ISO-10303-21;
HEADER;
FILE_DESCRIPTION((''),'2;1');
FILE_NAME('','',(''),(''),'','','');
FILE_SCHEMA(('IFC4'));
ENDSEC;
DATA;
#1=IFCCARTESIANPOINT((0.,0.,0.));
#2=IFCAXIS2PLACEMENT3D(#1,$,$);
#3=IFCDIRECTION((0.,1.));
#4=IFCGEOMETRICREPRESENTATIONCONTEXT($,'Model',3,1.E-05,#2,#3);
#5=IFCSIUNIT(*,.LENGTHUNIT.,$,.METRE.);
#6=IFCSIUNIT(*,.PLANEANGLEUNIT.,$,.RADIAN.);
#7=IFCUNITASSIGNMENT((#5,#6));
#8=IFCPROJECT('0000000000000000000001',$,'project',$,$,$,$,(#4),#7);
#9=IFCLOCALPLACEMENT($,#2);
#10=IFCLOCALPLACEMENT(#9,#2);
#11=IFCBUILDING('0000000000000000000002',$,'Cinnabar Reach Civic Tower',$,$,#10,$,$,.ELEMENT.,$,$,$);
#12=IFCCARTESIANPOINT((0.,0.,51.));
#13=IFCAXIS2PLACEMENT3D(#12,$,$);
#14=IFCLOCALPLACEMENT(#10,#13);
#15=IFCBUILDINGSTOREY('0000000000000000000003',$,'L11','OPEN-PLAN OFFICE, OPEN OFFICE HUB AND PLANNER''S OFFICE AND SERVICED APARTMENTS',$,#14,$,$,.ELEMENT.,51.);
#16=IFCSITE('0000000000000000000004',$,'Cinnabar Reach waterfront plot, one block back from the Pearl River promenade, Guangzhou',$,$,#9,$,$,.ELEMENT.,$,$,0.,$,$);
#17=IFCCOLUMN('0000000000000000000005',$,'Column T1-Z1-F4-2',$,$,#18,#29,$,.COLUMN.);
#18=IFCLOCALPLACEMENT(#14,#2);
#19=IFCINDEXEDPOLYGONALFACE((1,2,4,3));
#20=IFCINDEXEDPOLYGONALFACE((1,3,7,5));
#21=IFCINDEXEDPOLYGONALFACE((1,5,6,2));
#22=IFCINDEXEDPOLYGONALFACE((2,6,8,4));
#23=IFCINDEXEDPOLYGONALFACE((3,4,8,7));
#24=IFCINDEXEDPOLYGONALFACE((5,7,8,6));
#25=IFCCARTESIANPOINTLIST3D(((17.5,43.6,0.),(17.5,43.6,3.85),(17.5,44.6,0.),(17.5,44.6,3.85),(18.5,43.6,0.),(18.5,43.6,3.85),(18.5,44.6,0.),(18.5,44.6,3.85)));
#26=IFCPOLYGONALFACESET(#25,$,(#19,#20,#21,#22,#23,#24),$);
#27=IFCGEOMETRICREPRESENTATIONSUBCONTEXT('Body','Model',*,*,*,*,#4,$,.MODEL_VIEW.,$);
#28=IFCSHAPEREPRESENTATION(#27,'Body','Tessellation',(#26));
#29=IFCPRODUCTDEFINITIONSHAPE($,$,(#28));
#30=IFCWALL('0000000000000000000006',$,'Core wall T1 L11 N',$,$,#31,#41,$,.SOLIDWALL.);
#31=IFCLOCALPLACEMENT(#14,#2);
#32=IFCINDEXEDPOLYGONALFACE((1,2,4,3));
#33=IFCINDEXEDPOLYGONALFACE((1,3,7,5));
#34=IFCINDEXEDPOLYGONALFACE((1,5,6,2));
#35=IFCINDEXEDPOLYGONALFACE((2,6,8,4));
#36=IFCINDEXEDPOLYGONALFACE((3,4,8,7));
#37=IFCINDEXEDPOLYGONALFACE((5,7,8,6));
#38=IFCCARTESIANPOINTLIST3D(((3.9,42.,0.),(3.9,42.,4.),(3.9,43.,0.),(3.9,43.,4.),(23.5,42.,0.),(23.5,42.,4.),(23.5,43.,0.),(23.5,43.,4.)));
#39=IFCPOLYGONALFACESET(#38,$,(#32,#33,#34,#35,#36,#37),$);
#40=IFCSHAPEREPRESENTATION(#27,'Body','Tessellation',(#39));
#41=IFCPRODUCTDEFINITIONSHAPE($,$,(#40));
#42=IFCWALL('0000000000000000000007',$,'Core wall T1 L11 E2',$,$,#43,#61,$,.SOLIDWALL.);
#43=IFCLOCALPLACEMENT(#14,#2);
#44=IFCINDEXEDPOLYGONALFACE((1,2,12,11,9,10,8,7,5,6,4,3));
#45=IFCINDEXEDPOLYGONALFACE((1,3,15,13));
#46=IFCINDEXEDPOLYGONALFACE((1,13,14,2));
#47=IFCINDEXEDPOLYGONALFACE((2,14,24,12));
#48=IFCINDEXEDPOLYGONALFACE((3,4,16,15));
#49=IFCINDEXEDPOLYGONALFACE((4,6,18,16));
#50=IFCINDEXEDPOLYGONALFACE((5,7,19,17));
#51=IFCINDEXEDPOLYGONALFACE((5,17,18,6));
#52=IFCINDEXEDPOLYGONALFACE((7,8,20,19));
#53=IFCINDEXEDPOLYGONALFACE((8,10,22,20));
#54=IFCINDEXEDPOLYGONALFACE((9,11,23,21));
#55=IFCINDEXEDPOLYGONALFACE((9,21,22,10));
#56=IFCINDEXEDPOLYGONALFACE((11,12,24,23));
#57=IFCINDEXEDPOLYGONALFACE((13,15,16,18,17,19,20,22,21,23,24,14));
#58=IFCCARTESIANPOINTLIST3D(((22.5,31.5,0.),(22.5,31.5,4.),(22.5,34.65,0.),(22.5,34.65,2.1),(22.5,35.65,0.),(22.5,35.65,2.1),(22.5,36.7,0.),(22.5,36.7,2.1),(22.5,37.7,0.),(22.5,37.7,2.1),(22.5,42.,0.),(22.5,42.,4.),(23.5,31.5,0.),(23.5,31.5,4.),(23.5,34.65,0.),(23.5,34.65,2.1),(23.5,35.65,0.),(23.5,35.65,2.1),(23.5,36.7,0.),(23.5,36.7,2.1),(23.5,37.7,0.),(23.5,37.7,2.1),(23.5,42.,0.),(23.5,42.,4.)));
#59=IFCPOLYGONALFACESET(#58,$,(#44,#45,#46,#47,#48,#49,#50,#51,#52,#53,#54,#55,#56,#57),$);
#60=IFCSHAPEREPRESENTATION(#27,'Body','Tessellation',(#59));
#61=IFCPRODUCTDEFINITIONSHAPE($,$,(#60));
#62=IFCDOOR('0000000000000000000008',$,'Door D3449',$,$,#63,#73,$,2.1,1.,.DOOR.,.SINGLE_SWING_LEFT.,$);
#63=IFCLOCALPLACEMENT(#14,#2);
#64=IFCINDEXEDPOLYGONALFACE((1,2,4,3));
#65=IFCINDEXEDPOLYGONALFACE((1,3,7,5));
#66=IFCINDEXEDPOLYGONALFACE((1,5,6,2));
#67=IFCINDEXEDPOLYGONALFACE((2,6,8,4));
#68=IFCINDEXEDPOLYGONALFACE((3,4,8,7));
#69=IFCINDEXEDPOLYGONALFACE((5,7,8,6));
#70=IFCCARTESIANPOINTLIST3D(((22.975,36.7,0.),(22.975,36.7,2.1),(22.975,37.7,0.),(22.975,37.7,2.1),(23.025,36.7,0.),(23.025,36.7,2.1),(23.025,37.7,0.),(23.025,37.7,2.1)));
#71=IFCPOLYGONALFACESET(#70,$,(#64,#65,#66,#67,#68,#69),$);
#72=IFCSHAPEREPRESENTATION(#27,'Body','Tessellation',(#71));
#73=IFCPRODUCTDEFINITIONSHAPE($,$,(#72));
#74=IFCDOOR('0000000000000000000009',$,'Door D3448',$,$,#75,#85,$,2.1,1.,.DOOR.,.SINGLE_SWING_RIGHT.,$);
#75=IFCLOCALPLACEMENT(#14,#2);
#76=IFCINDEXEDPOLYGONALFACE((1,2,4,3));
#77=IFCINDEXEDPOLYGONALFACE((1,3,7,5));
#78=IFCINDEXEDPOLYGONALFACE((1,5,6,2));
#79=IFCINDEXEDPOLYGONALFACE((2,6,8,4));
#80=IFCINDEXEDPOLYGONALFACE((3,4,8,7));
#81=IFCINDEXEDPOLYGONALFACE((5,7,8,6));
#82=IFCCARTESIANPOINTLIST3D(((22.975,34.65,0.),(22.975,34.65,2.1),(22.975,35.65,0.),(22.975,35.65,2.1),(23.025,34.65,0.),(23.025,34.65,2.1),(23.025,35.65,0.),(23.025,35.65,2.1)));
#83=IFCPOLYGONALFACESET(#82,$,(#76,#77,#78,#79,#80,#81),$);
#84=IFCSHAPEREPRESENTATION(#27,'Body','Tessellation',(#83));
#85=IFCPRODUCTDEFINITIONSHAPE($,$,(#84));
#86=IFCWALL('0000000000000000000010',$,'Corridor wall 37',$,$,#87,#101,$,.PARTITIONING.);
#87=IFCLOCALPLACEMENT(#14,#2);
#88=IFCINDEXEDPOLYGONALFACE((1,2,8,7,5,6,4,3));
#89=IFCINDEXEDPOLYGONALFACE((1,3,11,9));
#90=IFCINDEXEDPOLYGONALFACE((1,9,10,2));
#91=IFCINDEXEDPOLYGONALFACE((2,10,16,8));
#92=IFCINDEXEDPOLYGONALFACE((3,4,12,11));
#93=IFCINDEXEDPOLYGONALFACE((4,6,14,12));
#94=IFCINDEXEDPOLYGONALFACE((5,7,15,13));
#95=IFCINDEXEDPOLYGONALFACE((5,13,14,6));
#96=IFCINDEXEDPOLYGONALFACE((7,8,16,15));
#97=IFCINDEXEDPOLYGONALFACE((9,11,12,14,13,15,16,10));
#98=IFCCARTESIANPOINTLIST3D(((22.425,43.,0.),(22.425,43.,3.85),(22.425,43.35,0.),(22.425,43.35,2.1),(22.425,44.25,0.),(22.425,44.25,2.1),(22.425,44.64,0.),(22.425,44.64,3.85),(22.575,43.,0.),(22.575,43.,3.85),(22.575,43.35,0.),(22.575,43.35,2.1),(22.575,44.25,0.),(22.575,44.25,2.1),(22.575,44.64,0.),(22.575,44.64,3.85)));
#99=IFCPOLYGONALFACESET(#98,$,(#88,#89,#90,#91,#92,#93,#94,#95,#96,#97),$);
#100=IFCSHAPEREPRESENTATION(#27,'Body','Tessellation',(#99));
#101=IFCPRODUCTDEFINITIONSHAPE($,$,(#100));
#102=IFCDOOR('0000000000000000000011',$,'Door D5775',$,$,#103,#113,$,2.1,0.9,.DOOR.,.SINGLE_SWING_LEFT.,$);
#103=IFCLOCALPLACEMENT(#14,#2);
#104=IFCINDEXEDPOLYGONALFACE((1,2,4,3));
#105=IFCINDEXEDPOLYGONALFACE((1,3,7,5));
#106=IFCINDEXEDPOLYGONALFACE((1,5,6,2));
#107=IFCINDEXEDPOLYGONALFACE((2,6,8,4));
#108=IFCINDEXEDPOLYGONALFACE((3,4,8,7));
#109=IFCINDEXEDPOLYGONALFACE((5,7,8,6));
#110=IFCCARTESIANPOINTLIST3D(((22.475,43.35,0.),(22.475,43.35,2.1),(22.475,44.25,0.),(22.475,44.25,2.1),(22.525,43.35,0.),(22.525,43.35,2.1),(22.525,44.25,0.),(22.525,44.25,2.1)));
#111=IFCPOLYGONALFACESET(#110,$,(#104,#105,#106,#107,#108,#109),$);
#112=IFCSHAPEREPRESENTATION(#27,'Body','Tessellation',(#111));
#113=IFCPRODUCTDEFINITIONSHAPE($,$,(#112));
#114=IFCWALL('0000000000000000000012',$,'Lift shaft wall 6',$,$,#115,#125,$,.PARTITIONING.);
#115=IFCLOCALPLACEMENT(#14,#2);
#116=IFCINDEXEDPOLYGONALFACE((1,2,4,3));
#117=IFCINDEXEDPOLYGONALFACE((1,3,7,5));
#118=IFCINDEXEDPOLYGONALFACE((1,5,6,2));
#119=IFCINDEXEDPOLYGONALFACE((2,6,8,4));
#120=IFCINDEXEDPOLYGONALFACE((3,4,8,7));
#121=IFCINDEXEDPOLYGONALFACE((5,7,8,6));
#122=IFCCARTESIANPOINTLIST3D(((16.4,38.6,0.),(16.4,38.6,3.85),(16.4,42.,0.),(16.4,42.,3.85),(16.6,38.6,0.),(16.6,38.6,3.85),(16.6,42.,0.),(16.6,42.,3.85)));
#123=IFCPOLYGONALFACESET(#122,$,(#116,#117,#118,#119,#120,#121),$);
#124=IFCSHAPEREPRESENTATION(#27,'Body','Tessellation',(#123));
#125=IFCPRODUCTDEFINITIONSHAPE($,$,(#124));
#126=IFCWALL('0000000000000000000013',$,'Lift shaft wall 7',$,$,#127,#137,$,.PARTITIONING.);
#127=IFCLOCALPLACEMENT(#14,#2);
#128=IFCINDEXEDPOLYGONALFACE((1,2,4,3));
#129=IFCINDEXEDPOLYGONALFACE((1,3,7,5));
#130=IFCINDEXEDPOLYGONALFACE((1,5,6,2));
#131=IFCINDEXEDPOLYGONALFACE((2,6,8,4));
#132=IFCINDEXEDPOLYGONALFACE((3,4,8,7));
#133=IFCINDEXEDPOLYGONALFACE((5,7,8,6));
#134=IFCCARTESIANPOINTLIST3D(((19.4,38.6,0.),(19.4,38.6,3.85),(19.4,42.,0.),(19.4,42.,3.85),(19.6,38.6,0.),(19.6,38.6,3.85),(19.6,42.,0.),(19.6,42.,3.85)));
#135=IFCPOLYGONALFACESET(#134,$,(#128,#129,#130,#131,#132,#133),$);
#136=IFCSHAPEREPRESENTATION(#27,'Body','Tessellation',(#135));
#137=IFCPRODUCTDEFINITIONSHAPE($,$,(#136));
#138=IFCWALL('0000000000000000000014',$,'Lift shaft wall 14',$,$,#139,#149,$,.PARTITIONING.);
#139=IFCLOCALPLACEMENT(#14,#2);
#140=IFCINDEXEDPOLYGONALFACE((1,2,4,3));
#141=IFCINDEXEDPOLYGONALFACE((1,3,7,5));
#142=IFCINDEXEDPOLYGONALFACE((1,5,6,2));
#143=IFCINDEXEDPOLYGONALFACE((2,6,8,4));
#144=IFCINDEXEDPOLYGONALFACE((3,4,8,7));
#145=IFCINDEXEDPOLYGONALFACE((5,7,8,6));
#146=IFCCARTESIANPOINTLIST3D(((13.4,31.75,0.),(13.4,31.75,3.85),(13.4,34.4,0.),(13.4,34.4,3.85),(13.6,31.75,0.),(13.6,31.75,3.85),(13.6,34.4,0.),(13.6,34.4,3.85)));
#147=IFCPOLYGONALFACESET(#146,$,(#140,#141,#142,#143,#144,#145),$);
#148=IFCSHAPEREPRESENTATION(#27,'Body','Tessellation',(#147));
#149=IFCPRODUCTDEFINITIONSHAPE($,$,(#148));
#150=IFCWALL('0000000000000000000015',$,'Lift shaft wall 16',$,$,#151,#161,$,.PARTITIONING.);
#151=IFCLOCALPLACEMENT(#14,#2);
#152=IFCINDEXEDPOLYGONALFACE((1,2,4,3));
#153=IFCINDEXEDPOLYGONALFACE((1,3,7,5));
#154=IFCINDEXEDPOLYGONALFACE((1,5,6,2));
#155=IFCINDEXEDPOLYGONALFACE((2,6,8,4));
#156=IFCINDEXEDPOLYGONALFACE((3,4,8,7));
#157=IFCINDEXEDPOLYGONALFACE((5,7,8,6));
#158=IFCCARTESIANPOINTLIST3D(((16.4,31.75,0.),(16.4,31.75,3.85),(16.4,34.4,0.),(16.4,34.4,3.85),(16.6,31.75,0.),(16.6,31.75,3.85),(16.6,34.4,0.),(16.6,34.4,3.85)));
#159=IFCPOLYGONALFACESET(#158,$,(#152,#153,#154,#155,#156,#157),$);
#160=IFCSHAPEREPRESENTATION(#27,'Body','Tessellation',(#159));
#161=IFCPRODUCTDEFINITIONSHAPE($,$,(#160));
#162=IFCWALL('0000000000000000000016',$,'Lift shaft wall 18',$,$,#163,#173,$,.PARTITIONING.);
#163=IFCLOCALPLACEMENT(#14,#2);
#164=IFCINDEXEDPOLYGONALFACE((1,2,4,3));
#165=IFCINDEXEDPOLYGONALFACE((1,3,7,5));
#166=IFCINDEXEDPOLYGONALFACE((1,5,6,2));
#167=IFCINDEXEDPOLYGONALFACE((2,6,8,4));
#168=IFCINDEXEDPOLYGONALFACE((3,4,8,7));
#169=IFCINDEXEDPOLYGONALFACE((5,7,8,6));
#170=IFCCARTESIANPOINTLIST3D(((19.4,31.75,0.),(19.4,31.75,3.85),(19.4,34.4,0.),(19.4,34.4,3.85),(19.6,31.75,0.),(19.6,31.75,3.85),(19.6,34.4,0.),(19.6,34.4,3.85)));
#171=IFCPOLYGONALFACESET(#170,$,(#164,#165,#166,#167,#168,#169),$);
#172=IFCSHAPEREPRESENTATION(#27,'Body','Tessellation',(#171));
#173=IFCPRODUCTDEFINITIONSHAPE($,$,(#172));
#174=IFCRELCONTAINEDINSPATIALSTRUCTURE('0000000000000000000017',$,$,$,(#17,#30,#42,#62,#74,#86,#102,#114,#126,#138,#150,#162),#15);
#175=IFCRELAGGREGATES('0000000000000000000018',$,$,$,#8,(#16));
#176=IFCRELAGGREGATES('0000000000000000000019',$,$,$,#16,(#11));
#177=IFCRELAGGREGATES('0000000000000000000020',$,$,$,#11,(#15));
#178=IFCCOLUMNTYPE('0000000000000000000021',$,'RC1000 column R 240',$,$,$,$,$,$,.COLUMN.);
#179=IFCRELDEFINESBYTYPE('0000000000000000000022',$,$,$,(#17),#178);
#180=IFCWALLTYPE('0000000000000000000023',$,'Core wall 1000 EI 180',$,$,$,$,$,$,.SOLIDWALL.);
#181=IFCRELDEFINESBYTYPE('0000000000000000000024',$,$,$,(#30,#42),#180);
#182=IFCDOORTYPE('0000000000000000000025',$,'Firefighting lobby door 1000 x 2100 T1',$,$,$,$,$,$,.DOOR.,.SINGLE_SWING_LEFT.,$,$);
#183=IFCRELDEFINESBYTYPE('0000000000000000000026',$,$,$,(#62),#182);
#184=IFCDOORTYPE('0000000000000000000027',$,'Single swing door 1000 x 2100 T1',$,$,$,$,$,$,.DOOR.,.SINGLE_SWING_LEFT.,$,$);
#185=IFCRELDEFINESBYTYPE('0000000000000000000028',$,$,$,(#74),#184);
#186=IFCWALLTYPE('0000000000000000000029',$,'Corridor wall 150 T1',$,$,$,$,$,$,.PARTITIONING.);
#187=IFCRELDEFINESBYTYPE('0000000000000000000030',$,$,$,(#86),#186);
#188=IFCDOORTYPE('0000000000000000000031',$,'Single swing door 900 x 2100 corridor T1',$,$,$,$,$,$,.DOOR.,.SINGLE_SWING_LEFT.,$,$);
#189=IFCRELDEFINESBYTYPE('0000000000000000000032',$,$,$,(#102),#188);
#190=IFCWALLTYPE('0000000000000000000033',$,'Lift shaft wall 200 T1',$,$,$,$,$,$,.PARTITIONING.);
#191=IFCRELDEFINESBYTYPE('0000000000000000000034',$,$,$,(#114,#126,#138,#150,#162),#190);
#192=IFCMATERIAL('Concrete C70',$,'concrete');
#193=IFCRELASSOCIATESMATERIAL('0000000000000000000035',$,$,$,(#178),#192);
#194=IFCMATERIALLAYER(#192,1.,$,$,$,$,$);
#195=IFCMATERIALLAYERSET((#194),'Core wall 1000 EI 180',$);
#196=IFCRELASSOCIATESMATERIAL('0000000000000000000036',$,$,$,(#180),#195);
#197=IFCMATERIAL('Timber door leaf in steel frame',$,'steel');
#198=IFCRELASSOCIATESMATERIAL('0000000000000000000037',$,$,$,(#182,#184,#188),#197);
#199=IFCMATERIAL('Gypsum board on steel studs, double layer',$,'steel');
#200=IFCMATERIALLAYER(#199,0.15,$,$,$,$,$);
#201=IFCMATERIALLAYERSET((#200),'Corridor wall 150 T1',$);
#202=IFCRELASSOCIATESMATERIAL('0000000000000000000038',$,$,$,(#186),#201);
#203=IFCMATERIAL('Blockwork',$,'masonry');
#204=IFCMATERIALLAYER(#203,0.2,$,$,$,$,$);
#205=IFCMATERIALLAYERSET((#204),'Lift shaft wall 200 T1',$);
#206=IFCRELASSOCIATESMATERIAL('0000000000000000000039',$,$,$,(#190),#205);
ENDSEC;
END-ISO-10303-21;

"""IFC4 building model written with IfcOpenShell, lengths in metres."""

from ifc_helpers import new_model, si_unit, direction, frame, frame_2d, origin, origin_2d, place, context, subcontext, project, spatial, rectangle, extrude, material, layer, layer_set, material_profile, profile_set, type_object, element, fill, save


model = new_model("IFC4")

# Units and contexts
model_context = context("Model", 3, precision=1e-05, world=origin(), true_north=direction((0.0, 1.0)))
body_context = subcontext(model_context, "Body", "Model", "MODEL_VIEW")
ifc_project = project(units=[si_unit("LENGTHUNIT", "METRE"), si_unit("PLANEANGLEUNIT", "RADIAN")], contexts=[model_context])

# Site, building, storey
site_placement = place(None, origin())
site = spatial("IfcSite", under=ifc_project, at=site_placement, Name="Cinnabar Reach waterfront plot, one block back from the Pearl River promenade, Guangzhou", CompositionType="ELEMENT", RefElevation=0.0)
building_placement = place(site_placement, origin())
building = spatial("IfcBuilding", under=site, at=building_placement, Name="Cinnabar Reach Civic Tower", CompositionType="ELEMENT")
storey_placement = place(building_placement, frame((0.0, 0.0, 51.0)))
storey = spatial("IfcBuildingStorey", under=building, at=storey_placement, Name="L11", Description="OPEN-PLAN OFFICE, OPEN OFFICE HUB AND PLANNER'S OFFICE AND SERVICED APARTMENTS", CompositionType="ELEMENT", Elevation=51.0)

# Column
ifc_material_1 = material(Name="Concrete C70", Category="concrete")
ifc_material_profile = material_profile(ifc_material_1, rectangle(XDim=1.0, YDim=1.0, at=origin_2d()), Name="RC1000")
ifc_profile_set = profile_set([ifc_material_profile], Name="Concrete C70")
column_type = type_object("IfcColumnType", Name="RC1000 column R 240", PredefinedType="COLUMN", material=ifc_profile_set)
column_placement = place(storey_placement, frame((18.0, 44.1, 0.0), z_axis=(0.0, 0.0, 1.0), x_axis=(1.0, 0.0, 0.0)))
element("IfcColumn", 1, at=column_placement, inside=storey, type_object=column_type, Name="Column T1-Z1-F4-2", PredefinedType="COLUMN", context=body_context, shape_type="SweptSolid", body=[
    extrude(rectangle(XDim=1.0, YDim=1.0, at=origin_2d()), origin(), (0.0, 0.0, 1.0), 3.85),
])

# Wall
ifc_layer_1 = layer(ifc_material_1, 1.0)
ifc_layer_set_1 = layer_set([ifc_layer_1], Name="Core wall 1000 EI 180")
wall_type_1 = type_object("IfcWallType", Name="Core wall 1000 EI 180", PredefinedType="SOLIDWALL", material=ifc_layer_set_1)
wall_1_placement = place(storey_placement, frame((23.5, 42.5, 0.0), z_axis=(0.0, 0.0, 1.0), x_axis=(-1.0, 0.0, 0.0)))
element("IfcWall", 2, at=wall_1_placement, inside=storey, type_object=wall_type_1, Name="Core wall T1 L11 N", PredefinedType="SOLIDWALL", context=body_context, shape_type="SweptSolid", body=[
    extrude(rectangle(XDim=19.6, YDim=1.0, at=frame_2d((9.8, 0.0))), origin(), (0.0, 0.0, 1.0), 4.0),
])

# Wall, openings, doors
wall_2_placement = place(storey_placement, frame((23.0, 31.5, 0.0), z_axis=(0.0, 0.0, 1.0), x_axis=(0.0, 1.0, 0.0)))
wall_2 = element("IfcWall", 3, at=wall_2_placement, inside=storey, type_object=wall_type_1, Name="Core wall T1 L11 E2", PredefinedType="SOLIDWALL", context=body_context, shape_type="SweptSolid", body=[
    extrude(rectangle(XDim=10.5, YDim=1.0, at=frame_2d((5.25, 0.0))), origin(), (0.0, 0.0, 1.0), 4.0),
])
opening_1_placement = place(wall_2_placement, frame((3.15, 0.0, 0.0)))
opening_1 = element("IfcOpeningElement", 4, at=opening_1_placement, cuts=wall_2, PredefinedType="OPENING", context=body_context, shape_type="SweptSolid", body=[
    extrude(rectangle(XDim=1.0, YDim=2.1, at=frame_2d((0.5, 1.05))), frame((0.0, 0.51, 0.0), z_axis=(0.0, -1.0, 0.0), x_axis=(1.0, 0.0, 0.0)), (0.0, 0.0, 1.0), 1.02),
])
opening_2_placement = place(wall_2_placement, frame((5.2, 0.0, 0.0)))
opening_2 = element("IfcOpeningElement", 5, at=opening_2_placement, cuts=wall_2, PredefinedType="OPENING", context=body_context, shape_type="SweptSolid", body=[
    extrude(rectangle(XDim=1.0, YDim=2.1, at=frame_2d((0.5, 1.05))), frame((0.0, 0.51, 0.0), z_axis=(0.0, -1.0, 0.0), x_axis=(1.0, 0.0, 0.0)), (0.0, 0.0, 1.0), 1.02),
])
ifc_material_2 = material(Name="Timber door leaf in steel frame", Category="steel")
door_type_1 = type_object("IfcDoorType", Name="Firefighting lobby door 1000 x 2100 T1", OperationType="SINGLE_SWING_LEFT", PredefinedType="DOOR", material=ifc_material_2)
door_1_placement = place(opening_2_placement, origin())
door_1 = element("IfcDoor", 6, at=door_1_placement, inside=storey, type_object=door_type_1, Name="Door D3449", OperationType="SINGLE_SWING_LEFT", OverallHeight=2.1, OverallWidth=1.0, PredefinedType="DOOR", context=body_context, shape_type="SweptSolid", body=[
    extrude(rectangle(XDim=1.0, YDim=2.1, at=frame_2d((0.5, 1.05))), frame((0.0, 0.025, 0.0), z_axis=(0.0, -1.0, 0.0), x_axis=(1.0, 0.0, 0.0)), (0.0, 0.0, 1.0), 0.05),
])
fill(opening_2, door_1)
door_type_2 = type_object("IfcDoorType", Name="Single swing door 1000 x 2100 T1", OperationType="SINGLE_SWING_LEFT", PredefinedType="DOOR", material=ifc_material_2)
door_2_placement = place(opening_1_placement, origin())
door_2 = element("IfcDoor", 7, at=door_2_placement, inside=storey, type_object=door_type_2, Name="Door D3448", OperationType="SINGLE_SWING_RIGHT", OverallHeight=2.1, OverallWidth=1.0, PredefinedType="DOOR", context=body_context, shape_type="SweptSolid", body=[
    extrude(rectangle(XDim=1.0, YDim=2.1, at=frame_2d((0.5, 1.05))), frame((0.0, 0.025, 0.0), z_axis=(0.0, -1.0, 0.0), x_axis=(1.0, 0.0, 0.0)), (0.0, 0.0, 1.0), 0.05),
])
fill(opening_1, door_2)

# Wall, opening, door
ifc_material_3 = material(Name="Gypsum board on steel studs, double layer", Category="steel")
ifc_layer_2 = layer(ifc_material_3, 0.15)
ifc_layer_set_2 = layer_set([ifc_layer_2], Name="Corridor wall 150 T1")
wall_type_2 = type_object("IfcWallType", Name="Corridor wall 150 T1", PredefinedType="PARTITIONING", material=ifc_layer_set_2)
wall_3_placement = place(storey_placement, frame((22.5, 43.0, 0.0), z_axis=(0.0, 0.0, 1.0), x_axis=(0.0, 1.0, 0.0)))
wall_3 = element("IfcWall", 8, at=wall_3_placement, inside=storey, type_object=wall_type_2, Name="Corridor wall 37", PredefinedType="PARTITIONING", context=body_context, shape_type="SweptSolid", body=[
    extrude(rectangle(XDim=1.64, YDim=0.15, at=frame_2d((0.82, 0.0))), origin(), (0.0, 0.0, 1.0), 3.85),
])
opening_3_placement = place(wall_3_placement, frame((0.35, 0.0, 0.0)))
opening_3 = element("IfcOpeningElement", 9, at=opening_3_placement, cuts=wall_3, PredefinedType="OPENING", context=body_context, shape_type="SweptSolid", body=[
    extrude(rectangle(XDim=0.9, YDim=2.1, at=frame_2d((0.45, 1.05))), frame((0.0, 0.085, 0.0), z_axis=(0.0, -1.0, 0.0), x_axis=(1.0, 0.0, 0.0)), (0.0, 0.0, 1.0), 0.17),
])
door_type_3 = type_object("IfcDoorType", Name="Single swing door 900 x 2100 corridor T1", OperationType="SINGLE_SWING_LEFT", PredefinedType="DOOR", material=ifc_material_2)
door_3_placement = place(opening_3_placement, origin())
door_3 = element("IfcDoor", 10, at=door_3_placement, inside=storey, type_object=door_type_3, Name="Door D5775", OperationType="SINGLE_SWING_LEFT", OverallHeight=2.1, OverallWidth=0.9, PredefinedType="DOOR", context=body_context, shape_type="SweptSolid", body=[
    extrude(rectangle(XDim=0.9, YDim=2.1, at=frame_2d((0.45, 1.05))), frame((0.0, 0.025, 0.0), z_axis=(0.0, -1.0, 0.0), x_axis=(1.0, 0.0, 0.0)), (0.0, 0.0, 1.0), 0.05),
])
fill(opening_3, door_3)

# Walls
ifc_material_4 = material(Name="Blockwork", Category="masonry")
ifc_layer_3 = layer(ifc_material_4, 0.2)
ifc_layer_set_3 = layer_set([ifc_layer_3], Name="Lift shaft wall 200 T1")
wall_type_3 = type_object("IfcWallType", Name="Lift shaft wall 200 T1", PredefinedType="PARTITIONING", material=ifc_layer_set_3)
for number, where, z_axis, x_axis, name in (
    (11, (16.5, 38.6, 0.0), (0.0, 0.0, 1.0), (0.0, 1.0, 0.0), "Lift shaft wall 6"),
    (12, (19.5, 38.6, 0.0), (0.0, 0.0, 1.0), (0.0, 1.0, 0.0), "Lift shaft wall 7"),
):
    element("IfcWall", number, at=place(storey_placement, frame(where, z_axis=z_axis, x_axis=x_axis)), inside=storey, type_object=wall_type_3, Name=name, PredefinedType="PARTITIONING", context=body_context, shape_type="SweptSolid", body=[
        extrude(rectangle(XDim=3.4, YDim=0.2, at=frame_2d((1.7, 0.0))), origin(), (0.0, 0.0, 1.0), 3.85),
    ])
for number, where, z_axis, x_axis, name in (
    (13, (13.5, 31.75, 0.0), (0.0, 0.0, 1.0), (0.0, 1.0, 0.0), "Lift shaft wall 14"),
    (14, (16.5, 31.75, 0.0), (0.0, 0.0, 1.0), (0.0, 1.0, 0.0), "Lift shaft wall 16"),
    (15, (19.5, 31.75, 0.0), (0.0, 0.0, 1.0), (0.0, 1.0, 0.0), "Lift shaft wall 18"),
):
    element("IfcWall", number, at=place(storey_placement, frame(where, z_axis=z_axis, x_axis=x_axis)), inside=storey, type_object=wall_type_3, Name=name, PredefinedType="PARTITIONING", context=body_context, shape_type="SweptSolid", body=[
        extrude(rectangle(XDim=2.65, YDim=0.2, at=frame_2d((1.325, 0.0))), origin(), (0.0, 0.0, 1.0), 3.85),
    ])

save(model, "model.ifc")
